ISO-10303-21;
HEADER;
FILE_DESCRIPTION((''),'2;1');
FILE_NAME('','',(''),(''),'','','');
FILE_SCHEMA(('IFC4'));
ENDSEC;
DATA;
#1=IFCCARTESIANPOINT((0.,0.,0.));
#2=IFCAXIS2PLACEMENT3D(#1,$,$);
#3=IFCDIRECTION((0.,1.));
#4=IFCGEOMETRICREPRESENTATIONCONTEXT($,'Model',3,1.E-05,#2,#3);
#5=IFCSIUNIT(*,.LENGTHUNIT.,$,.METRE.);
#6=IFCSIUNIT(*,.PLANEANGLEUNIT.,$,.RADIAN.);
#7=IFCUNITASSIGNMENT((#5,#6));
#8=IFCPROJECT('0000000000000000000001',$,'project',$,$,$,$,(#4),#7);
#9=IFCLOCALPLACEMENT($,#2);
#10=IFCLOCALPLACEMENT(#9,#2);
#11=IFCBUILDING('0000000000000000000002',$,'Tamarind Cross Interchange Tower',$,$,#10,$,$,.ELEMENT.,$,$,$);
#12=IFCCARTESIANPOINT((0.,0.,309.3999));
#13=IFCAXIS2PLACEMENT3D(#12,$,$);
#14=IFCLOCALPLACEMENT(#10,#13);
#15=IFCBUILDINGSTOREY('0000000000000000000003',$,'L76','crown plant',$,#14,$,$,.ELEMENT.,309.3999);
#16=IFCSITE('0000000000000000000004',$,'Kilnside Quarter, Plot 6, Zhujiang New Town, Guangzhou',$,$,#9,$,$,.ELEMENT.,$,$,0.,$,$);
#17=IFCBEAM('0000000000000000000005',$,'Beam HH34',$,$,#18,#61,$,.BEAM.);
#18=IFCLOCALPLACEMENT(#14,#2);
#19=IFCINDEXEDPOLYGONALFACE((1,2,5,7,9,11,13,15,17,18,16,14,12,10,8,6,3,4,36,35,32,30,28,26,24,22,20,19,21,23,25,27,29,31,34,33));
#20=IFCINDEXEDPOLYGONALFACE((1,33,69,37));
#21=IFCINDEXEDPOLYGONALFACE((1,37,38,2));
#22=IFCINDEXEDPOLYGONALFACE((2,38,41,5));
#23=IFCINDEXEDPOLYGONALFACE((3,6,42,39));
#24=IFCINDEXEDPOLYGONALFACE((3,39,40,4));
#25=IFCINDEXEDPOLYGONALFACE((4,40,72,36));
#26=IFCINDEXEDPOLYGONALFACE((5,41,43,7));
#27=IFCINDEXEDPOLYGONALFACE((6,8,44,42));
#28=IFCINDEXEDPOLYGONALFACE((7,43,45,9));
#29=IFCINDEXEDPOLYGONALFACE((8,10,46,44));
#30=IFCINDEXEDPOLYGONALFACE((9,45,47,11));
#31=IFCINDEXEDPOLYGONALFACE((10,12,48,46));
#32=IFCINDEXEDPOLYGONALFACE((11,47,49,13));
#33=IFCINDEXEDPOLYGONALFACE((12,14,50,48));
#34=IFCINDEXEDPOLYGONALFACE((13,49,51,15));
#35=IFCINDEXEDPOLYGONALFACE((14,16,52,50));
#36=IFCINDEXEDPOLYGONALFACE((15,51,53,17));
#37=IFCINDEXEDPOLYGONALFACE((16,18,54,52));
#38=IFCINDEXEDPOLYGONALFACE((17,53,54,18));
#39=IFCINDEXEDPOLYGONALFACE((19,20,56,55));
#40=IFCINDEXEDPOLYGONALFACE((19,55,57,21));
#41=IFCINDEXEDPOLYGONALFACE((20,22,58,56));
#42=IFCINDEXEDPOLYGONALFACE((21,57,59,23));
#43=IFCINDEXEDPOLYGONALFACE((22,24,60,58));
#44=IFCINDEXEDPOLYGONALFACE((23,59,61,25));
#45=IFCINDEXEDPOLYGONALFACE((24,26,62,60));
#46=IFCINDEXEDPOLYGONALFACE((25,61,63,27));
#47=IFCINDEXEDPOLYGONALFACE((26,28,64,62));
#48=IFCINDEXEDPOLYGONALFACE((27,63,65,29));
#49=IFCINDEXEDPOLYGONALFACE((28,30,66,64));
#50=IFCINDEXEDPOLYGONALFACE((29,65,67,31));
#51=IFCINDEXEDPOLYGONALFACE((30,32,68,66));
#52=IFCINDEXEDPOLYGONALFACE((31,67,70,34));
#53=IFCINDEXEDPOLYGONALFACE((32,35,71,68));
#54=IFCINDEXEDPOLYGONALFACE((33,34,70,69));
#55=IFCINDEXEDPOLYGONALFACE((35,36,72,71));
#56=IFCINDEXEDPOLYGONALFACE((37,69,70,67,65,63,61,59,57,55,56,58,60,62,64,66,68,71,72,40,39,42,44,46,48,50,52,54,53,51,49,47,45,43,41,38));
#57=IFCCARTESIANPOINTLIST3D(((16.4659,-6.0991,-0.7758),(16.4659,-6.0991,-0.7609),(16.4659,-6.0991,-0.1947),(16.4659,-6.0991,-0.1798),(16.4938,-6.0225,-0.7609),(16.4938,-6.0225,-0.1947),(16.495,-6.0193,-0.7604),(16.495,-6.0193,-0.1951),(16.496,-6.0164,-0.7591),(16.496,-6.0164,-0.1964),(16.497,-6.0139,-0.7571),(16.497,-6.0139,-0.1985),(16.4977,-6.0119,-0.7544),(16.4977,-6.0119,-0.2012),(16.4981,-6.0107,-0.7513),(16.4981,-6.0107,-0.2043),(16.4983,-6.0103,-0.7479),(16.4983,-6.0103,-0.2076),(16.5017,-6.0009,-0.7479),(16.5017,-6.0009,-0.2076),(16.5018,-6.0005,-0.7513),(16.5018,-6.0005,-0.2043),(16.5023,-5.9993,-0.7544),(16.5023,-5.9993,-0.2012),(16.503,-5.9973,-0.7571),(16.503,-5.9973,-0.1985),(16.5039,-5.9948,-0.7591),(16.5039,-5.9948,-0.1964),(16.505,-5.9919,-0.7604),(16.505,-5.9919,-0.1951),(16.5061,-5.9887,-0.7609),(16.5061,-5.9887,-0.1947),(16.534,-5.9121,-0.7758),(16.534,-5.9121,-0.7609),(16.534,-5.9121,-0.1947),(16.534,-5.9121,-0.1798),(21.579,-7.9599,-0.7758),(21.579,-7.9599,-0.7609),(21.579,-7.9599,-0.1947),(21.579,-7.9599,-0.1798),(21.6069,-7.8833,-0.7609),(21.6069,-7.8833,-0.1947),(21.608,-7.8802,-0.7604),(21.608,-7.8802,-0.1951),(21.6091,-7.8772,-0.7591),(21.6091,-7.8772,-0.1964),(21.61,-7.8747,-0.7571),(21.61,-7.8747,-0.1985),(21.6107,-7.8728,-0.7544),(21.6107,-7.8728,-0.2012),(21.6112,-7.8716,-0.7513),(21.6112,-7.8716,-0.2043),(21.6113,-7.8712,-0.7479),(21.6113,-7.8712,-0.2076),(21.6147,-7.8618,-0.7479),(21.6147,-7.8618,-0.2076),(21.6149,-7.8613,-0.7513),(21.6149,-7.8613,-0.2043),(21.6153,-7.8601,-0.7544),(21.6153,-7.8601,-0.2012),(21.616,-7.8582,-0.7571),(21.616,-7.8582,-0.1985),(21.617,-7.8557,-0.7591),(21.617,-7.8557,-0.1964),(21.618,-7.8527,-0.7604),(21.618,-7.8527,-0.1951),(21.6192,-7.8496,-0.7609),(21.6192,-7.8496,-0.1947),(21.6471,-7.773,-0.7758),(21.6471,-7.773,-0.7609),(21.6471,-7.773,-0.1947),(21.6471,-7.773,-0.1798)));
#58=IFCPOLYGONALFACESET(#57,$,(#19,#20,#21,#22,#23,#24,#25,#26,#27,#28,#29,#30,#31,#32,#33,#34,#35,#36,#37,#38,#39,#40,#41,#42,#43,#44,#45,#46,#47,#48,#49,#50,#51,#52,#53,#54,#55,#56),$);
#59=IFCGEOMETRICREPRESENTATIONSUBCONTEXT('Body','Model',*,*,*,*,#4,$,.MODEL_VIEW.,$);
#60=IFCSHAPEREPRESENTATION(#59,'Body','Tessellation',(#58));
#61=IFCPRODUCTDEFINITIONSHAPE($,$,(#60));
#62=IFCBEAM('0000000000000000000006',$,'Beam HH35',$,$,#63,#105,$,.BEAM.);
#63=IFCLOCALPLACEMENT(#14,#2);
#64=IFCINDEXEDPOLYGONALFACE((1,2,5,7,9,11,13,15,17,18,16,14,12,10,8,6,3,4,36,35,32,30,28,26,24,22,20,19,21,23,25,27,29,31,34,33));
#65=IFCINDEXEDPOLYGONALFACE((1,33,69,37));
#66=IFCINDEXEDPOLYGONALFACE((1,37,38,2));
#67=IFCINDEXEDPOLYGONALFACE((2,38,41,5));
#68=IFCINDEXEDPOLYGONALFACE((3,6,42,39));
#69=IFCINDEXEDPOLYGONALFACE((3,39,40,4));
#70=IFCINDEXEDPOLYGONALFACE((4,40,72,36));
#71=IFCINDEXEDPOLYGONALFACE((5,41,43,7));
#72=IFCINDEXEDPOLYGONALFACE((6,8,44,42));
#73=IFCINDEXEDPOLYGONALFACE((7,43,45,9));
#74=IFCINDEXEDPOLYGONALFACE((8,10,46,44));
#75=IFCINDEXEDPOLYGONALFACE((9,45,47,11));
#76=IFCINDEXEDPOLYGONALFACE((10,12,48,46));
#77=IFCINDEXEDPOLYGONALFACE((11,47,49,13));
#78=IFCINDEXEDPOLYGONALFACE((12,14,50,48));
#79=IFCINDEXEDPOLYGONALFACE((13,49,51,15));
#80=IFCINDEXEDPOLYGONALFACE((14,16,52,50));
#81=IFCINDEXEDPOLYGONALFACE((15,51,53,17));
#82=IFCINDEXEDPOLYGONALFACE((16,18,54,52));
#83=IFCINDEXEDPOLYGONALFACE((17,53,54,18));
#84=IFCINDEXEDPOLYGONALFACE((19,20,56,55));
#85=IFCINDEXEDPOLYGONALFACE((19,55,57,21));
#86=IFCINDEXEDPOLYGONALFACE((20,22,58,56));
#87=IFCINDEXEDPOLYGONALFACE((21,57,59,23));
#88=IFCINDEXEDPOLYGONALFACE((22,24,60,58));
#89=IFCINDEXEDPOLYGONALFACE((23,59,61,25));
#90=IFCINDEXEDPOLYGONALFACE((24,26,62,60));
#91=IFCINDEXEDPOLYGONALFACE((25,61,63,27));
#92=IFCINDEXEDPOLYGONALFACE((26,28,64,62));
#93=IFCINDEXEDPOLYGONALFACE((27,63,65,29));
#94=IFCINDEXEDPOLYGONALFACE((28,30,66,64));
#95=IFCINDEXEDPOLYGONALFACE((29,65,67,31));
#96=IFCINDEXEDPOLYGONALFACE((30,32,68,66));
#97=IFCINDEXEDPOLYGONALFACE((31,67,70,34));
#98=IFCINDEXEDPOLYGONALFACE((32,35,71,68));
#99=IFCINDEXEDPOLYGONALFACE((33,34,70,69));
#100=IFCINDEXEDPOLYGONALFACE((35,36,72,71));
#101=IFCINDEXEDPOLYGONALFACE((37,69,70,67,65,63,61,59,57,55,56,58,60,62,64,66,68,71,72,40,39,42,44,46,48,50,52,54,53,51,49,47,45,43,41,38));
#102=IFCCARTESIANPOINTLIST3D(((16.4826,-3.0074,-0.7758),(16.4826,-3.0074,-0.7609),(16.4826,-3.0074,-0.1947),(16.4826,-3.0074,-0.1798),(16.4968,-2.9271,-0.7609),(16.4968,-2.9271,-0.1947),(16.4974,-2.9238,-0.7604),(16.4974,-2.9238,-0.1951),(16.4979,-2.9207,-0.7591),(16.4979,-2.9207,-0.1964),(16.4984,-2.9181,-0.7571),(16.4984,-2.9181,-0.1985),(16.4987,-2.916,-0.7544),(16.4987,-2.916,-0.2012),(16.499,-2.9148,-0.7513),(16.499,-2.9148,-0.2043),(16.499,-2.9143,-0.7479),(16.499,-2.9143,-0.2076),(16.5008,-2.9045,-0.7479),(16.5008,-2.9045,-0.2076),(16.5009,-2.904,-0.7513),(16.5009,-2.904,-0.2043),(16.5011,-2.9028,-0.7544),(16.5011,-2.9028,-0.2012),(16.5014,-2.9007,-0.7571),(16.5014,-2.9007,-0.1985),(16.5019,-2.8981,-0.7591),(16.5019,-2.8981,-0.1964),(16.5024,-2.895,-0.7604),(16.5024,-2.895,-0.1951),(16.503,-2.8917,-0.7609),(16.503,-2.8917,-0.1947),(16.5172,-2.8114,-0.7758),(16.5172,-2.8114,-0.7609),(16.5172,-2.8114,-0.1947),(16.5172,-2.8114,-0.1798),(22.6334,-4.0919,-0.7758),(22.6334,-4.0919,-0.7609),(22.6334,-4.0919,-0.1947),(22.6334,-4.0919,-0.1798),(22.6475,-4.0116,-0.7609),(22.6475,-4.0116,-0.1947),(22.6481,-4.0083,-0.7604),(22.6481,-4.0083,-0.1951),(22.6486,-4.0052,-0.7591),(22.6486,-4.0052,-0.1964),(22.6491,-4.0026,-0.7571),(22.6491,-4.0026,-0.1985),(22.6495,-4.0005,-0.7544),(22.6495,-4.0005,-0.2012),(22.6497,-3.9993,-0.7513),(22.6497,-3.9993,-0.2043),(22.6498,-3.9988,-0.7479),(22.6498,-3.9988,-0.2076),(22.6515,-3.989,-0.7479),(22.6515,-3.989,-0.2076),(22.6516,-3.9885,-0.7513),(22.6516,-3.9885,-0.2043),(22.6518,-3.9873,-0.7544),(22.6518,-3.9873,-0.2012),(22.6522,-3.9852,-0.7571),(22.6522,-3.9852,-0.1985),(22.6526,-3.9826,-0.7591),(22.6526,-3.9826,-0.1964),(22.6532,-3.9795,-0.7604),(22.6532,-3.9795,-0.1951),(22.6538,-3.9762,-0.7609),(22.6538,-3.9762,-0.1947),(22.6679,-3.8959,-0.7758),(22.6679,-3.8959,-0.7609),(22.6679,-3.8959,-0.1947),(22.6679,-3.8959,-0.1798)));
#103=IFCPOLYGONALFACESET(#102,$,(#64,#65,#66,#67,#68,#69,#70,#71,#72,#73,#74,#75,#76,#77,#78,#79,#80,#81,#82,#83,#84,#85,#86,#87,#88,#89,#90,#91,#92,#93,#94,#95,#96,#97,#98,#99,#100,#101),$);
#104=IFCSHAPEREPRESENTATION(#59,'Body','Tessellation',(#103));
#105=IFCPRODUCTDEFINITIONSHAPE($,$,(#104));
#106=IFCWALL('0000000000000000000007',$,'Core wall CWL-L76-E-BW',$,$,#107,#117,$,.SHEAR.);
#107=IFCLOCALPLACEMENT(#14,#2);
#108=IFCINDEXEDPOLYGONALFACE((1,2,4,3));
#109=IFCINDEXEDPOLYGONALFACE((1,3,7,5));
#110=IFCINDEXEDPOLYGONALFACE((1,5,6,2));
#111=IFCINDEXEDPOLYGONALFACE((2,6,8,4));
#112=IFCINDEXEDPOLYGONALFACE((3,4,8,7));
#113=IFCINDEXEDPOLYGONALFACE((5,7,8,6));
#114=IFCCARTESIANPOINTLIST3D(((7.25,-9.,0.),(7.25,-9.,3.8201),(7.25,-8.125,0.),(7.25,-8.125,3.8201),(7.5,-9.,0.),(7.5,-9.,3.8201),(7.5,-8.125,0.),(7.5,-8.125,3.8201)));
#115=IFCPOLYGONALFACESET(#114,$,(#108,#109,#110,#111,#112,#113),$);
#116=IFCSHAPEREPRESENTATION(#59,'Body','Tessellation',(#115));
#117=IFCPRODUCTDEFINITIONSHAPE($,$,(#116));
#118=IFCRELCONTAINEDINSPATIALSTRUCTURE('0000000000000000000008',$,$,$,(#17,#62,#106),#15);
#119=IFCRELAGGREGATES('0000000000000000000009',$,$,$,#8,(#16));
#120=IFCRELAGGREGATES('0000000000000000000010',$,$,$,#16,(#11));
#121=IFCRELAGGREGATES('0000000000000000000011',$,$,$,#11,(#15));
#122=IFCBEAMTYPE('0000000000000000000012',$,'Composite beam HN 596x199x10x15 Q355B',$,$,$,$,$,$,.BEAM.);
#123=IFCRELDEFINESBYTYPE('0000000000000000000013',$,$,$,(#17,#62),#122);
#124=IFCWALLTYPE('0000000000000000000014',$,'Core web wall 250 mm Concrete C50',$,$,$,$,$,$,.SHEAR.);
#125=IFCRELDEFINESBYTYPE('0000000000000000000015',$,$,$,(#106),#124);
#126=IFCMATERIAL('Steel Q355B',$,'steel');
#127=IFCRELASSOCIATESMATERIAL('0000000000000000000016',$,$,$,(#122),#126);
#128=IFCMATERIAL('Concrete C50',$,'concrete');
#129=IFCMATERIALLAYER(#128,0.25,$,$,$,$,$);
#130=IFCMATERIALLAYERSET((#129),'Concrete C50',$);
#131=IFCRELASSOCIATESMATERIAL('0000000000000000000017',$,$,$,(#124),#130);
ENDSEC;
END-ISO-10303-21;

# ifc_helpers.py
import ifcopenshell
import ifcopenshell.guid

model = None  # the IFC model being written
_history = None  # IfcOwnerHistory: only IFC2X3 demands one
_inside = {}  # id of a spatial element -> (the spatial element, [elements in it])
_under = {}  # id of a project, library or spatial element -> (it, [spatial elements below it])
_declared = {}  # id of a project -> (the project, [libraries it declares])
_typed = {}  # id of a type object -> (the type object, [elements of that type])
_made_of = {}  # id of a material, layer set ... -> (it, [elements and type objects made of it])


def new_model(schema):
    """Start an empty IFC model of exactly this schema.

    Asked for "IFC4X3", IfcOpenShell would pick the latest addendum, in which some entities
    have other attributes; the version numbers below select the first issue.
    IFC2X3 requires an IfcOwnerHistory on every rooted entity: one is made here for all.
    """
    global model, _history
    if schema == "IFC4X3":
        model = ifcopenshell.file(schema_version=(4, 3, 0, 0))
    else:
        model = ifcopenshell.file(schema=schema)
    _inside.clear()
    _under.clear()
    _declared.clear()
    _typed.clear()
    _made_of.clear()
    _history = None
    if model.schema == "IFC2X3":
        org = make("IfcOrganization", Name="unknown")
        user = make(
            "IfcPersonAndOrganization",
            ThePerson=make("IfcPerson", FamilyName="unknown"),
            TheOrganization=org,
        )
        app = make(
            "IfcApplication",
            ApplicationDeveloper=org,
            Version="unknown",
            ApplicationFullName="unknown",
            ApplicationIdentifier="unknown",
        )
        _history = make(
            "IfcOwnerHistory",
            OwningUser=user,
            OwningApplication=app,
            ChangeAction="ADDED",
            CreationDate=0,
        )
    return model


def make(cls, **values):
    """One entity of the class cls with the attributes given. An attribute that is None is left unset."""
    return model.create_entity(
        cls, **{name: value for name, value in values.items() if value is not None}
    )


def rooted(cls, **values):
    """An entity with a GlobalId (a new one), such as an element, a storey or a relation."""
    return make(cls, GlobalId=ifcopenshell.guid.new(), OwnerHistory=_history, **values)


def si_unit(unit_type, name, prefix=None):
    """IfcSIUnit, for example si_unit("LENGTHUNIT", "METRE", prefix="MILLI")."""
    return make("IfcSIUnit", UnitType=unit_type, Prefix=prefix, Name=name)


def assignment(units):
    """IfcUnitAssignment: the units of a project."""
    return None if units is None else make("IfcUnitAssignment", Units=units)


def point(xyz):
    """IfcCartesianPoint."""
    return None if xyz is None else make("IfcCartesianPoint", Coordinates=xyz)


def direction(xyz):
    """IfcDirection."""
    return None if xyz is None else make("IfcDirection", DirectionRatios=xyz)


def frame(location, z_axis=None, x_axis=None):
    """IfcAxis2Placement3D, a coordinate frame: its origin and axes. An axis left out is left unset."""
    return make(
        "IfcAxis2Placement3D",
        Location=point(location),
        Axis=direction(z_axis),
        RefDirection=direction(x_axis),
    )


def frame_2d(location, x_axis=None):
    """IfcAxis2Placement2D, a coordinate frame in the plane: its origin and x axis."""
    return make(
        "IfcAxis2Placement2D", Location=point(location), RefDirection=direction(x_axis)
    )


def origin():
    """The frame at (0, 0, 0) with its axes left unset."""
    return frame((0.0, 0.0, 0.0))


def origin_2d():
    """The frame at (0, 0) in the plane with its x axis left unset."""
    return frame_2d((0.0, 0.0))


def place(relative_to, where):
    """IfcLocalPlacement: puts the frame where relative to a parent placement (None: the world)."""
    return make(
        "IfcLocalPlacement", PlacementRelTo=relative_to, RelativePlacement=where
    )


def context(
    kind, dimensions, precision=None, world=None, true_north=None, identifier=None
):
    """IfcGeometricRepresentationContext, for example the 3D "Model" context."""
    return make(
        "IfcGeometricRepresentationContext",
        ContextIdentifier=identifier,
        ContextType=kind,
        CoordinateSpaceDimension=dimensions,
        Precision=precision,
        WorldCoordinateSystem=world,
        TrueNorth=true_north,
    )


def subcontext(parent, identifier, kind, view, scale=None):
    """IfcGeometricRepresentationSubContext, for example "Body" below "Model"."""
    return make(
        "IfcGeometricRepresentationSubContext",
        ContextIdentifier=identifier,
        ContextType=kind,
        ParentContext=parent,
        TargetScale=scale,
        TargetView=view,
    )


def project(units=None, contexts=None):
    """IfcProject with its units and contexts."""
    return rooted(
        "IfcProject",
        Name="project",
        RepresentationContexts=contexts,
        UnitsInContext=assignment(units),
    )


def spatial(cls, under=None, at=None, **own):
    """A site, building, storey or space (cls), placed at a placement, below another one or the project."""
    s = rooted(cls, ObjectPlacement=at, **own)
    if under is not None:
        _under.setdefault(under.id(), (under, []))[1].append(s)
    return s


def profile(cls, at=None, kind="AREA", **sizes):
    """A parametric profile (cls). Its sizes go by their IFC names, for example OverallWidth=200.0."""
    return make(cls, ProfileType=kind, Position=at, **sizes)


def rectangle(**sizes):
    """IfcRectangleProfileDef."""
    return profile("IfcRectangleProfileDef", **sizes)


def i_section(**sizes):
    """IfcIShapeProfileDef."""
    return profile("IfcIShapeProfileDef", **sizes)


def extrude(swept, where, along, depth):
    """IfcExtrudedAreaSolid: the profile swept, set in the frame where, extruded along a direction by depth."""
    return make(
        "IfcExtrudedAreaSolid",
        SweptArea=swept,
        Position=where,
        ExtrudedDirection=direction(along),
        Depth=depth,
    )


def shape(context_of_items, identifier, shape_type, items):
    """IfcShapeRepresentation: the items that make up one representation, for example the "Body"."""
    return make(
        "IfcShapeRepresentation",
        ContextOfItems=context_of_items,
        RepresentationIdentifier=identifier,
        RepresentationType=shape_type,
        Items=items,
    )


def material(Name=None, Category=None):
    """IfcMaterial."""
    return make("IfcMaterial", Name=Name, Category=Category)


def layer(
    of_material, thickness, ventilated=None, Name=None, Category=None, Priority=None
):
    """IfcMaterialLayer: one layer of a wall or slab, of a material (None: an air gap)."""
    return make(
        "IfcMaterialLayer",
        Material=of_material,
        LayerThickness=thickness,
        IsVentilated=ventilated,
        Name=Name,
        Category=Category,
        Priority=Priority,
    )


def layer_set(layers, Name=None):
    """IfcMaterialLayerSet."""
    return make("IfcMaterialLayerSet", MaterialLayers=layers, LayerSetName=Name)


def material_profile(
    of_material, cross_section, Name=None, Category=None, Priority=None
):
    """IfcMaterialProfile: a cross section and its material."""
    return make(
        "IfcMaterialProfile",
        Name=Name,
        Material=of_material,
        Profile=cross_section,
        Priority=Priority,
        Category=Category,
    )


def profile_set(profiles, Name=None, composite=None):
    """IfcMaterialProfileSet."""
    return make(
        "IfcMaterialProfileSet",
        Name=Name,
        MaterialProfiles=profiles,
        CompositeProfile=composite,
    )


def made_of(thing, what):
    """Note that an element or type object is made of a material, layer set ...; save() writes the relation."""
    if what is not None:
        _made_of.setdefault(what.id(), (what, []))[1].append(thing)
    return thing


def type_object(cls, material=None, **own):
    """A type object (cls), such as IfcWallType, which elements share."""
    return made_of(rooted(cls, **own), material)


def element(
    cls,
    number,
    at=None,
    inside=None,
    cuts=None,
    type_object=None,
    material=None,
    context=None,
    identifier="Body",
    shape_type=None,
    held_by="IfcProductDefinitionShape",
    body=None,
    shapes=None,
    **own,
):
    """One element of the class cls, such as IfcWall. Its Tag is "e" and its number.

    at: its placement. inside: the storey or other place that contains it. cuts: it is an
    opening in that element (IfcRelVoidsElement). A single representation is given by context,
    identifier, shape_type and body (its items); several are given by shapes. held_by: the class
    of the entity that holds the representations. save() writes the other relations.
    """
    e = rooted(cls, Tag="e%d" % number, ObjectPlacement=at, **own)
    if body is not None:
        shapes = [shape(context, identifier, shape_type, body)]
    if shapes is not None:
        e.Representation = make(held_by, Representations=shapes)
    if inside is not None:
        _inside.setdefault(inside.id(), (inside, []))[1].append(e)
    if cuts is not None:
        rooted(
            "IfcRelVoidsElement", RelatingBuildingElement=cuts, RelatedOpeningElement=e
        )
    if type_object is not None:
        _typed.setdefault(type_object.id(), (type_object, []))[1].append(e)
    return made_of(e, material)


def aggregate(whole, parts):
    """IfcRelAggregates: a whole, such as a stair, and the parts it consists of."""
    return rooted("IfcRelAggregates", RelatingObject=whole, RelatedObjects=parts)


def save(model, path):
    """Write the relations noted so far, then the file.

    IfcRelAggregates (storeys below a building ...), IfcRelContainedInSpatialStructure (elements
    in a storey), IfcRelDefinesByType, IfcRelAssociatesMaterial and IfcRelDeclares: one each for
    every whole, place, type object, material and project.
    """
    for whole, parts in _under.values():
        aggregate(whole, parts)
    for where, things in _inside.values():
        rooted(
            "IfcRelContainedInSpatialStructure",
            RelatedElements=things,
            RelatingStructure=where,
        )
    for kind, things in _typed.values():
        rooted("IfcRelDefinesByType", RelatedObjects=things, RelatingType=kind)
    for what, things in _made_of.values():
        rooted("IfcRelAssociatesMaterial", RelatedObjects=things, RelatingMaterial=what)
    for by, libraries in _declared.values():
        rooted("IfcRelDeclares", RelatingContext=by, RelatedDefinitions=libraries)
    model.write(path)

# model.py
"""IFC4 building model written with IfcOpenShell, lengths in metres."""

from ifc_helpers import new_model, si_unit, direction, frame, frame_2d, origin, origin_2d, place, context, subcontext, project, spatial, rectangle, i_section, extrude, material, layer, layer_set, material_profile, profile_set, type_object, element, save


model = new_model("IFC4")

# Units and contexts
model_context = context("Model", 3, precision=1e-05, world=origin(), true_north=direction((0.0, 1.0)))
body_context = subcontext(model_context, "Body", "Model", "MODEL_VIEW")
ifc_project = project(units=[si_unit("LENGTHUNIT", "METRE"), si_unit("PLANEANGLEUNIT", "RADIAN")], contexts=[model_context])

# Site, building, storey
site_placement = place(None, origin())
site = spatial("IfcSite", under=ifc_project, at=site_placement, Name="Kilnside Quarter, Plot 6, Zhujiang New Town, Guangzhou", CompositionType="ELEMENT", RefElevation=0.0)
building_placement = place(site_placement, origin())
building = spatial("IfcBuilding", under=site, at=building_placement, Name="Tamarind Cross Interchange Tower", CompositionType="ELEMENT")
storey_placement = place(building_placement, frame((0.0, 0.0, 309.3999)))
storey = spatial("IfcBuildingStorey", under=building, at=storey_placement, Name="L76", Description="crown plant", CompositionType="ELEMENT", Elevation=309.3999)

# Beams
ifc_material_1 = material(Name="Steel Q355B", Category="steel")
ifc_material_profile_1 = material_profile(ifc_material_1, i_section(OverallWidth=0.199, OverallDepth=0.5959, WebThickness=0.01, FlangeThickness=0.0149, FilletRadius=0.0129, at=origin_2d()), Name="HN 596x199x10x15")
ifc_profile_set_1 = profile_set([ifc_material_profile_1], Name="Steel Q355B")
beam_type = type_object("IfcBeamType", Name="Composite beam HN 596x199x10x15 Q355B", PredefinedType="BEAM", material=ifc_profile_set_1)
beam_1_placement = place(storey_placement, frame((21.613, -7.8665, -0.4778), z_axis=(-0.939702, 0.341995, 0.0), x_axis=(-0.341995, -0.939702, 0.0)))
element("IfcBeam", 1, at=beam_1_placement, inside=storey, type_object=beam_type, Name="Beam HH34", PredefinedType="BEAM", context=body_context, shape_type="SweptSolid", body=[
    extrude(i_section(OverallWidth=0.199, OverallDepth=0.5959, WebThickness=0.01, FlangeThickness=0.0149, FilletRadius=0.0129, at=origin_2d()), origin(), (0.0, 0.0, 1.0), 5.4412),
])
beam_2_placement = place(storey_placement, frame((22.6506, -3.9939, -0.4778), z_axis=(-0.984809, 0.17364, 0.0), x_axis=(-0.17364, -0.984809, 0.0)))
element("IfcBeam", 2, at=beam_2_placement, inside=storey, type_object=beam_type, Name="Beam HH35", PredefinedType="BEAM", context=body_context, shape_type="SweptSolid", body=[
    extrude(i_section(OverallWidth=0.199, OverallDepth=0.5959, WebThickness=0.01, FlangeThickness=0.0149, FilletRadius=0.0129, at=origin_2d()), origin(), (0.0, 0.0, 1.0), 6.2456),
])

# Wall
ifc_material_2 = material(Name="Concrete C50", Category="concrete")
ifc_layer_1 = layer(ifc_material_2, 0.25)
ifc_layer_set_1 = layer_set([ifc_layer_1], Name="Concrete C50")
wall_type_1 = type_object("IfcWallType", Name="Core web wall 250 mm Concrete C50", PredefinedType="SHEAR", material=ifc_layer_set_1)
wall_1_placement = place(storey_placement, frame((7.375, -9.0, 0.0), z_axis=(0.0, 0.0, 1.0), x_axis=(0.0, 1.0, 0.0)))
element("IfcWall", 3, at=wall_1_placement, inside=storey, type_object=wall_type_1, Name="Core wall CWL-L76-E-BW", PredefinedType="SHEAR", context=body_context, shape_type="SweptSolid", body=[
    extrude(rectangle(XDim=0.875, YDim=0.25, at=frame_2d((0.4375, 0.0))), origin(), (0.0, 0.0, 1.0), 3.8201),
])

save(model, "model.ifc")
